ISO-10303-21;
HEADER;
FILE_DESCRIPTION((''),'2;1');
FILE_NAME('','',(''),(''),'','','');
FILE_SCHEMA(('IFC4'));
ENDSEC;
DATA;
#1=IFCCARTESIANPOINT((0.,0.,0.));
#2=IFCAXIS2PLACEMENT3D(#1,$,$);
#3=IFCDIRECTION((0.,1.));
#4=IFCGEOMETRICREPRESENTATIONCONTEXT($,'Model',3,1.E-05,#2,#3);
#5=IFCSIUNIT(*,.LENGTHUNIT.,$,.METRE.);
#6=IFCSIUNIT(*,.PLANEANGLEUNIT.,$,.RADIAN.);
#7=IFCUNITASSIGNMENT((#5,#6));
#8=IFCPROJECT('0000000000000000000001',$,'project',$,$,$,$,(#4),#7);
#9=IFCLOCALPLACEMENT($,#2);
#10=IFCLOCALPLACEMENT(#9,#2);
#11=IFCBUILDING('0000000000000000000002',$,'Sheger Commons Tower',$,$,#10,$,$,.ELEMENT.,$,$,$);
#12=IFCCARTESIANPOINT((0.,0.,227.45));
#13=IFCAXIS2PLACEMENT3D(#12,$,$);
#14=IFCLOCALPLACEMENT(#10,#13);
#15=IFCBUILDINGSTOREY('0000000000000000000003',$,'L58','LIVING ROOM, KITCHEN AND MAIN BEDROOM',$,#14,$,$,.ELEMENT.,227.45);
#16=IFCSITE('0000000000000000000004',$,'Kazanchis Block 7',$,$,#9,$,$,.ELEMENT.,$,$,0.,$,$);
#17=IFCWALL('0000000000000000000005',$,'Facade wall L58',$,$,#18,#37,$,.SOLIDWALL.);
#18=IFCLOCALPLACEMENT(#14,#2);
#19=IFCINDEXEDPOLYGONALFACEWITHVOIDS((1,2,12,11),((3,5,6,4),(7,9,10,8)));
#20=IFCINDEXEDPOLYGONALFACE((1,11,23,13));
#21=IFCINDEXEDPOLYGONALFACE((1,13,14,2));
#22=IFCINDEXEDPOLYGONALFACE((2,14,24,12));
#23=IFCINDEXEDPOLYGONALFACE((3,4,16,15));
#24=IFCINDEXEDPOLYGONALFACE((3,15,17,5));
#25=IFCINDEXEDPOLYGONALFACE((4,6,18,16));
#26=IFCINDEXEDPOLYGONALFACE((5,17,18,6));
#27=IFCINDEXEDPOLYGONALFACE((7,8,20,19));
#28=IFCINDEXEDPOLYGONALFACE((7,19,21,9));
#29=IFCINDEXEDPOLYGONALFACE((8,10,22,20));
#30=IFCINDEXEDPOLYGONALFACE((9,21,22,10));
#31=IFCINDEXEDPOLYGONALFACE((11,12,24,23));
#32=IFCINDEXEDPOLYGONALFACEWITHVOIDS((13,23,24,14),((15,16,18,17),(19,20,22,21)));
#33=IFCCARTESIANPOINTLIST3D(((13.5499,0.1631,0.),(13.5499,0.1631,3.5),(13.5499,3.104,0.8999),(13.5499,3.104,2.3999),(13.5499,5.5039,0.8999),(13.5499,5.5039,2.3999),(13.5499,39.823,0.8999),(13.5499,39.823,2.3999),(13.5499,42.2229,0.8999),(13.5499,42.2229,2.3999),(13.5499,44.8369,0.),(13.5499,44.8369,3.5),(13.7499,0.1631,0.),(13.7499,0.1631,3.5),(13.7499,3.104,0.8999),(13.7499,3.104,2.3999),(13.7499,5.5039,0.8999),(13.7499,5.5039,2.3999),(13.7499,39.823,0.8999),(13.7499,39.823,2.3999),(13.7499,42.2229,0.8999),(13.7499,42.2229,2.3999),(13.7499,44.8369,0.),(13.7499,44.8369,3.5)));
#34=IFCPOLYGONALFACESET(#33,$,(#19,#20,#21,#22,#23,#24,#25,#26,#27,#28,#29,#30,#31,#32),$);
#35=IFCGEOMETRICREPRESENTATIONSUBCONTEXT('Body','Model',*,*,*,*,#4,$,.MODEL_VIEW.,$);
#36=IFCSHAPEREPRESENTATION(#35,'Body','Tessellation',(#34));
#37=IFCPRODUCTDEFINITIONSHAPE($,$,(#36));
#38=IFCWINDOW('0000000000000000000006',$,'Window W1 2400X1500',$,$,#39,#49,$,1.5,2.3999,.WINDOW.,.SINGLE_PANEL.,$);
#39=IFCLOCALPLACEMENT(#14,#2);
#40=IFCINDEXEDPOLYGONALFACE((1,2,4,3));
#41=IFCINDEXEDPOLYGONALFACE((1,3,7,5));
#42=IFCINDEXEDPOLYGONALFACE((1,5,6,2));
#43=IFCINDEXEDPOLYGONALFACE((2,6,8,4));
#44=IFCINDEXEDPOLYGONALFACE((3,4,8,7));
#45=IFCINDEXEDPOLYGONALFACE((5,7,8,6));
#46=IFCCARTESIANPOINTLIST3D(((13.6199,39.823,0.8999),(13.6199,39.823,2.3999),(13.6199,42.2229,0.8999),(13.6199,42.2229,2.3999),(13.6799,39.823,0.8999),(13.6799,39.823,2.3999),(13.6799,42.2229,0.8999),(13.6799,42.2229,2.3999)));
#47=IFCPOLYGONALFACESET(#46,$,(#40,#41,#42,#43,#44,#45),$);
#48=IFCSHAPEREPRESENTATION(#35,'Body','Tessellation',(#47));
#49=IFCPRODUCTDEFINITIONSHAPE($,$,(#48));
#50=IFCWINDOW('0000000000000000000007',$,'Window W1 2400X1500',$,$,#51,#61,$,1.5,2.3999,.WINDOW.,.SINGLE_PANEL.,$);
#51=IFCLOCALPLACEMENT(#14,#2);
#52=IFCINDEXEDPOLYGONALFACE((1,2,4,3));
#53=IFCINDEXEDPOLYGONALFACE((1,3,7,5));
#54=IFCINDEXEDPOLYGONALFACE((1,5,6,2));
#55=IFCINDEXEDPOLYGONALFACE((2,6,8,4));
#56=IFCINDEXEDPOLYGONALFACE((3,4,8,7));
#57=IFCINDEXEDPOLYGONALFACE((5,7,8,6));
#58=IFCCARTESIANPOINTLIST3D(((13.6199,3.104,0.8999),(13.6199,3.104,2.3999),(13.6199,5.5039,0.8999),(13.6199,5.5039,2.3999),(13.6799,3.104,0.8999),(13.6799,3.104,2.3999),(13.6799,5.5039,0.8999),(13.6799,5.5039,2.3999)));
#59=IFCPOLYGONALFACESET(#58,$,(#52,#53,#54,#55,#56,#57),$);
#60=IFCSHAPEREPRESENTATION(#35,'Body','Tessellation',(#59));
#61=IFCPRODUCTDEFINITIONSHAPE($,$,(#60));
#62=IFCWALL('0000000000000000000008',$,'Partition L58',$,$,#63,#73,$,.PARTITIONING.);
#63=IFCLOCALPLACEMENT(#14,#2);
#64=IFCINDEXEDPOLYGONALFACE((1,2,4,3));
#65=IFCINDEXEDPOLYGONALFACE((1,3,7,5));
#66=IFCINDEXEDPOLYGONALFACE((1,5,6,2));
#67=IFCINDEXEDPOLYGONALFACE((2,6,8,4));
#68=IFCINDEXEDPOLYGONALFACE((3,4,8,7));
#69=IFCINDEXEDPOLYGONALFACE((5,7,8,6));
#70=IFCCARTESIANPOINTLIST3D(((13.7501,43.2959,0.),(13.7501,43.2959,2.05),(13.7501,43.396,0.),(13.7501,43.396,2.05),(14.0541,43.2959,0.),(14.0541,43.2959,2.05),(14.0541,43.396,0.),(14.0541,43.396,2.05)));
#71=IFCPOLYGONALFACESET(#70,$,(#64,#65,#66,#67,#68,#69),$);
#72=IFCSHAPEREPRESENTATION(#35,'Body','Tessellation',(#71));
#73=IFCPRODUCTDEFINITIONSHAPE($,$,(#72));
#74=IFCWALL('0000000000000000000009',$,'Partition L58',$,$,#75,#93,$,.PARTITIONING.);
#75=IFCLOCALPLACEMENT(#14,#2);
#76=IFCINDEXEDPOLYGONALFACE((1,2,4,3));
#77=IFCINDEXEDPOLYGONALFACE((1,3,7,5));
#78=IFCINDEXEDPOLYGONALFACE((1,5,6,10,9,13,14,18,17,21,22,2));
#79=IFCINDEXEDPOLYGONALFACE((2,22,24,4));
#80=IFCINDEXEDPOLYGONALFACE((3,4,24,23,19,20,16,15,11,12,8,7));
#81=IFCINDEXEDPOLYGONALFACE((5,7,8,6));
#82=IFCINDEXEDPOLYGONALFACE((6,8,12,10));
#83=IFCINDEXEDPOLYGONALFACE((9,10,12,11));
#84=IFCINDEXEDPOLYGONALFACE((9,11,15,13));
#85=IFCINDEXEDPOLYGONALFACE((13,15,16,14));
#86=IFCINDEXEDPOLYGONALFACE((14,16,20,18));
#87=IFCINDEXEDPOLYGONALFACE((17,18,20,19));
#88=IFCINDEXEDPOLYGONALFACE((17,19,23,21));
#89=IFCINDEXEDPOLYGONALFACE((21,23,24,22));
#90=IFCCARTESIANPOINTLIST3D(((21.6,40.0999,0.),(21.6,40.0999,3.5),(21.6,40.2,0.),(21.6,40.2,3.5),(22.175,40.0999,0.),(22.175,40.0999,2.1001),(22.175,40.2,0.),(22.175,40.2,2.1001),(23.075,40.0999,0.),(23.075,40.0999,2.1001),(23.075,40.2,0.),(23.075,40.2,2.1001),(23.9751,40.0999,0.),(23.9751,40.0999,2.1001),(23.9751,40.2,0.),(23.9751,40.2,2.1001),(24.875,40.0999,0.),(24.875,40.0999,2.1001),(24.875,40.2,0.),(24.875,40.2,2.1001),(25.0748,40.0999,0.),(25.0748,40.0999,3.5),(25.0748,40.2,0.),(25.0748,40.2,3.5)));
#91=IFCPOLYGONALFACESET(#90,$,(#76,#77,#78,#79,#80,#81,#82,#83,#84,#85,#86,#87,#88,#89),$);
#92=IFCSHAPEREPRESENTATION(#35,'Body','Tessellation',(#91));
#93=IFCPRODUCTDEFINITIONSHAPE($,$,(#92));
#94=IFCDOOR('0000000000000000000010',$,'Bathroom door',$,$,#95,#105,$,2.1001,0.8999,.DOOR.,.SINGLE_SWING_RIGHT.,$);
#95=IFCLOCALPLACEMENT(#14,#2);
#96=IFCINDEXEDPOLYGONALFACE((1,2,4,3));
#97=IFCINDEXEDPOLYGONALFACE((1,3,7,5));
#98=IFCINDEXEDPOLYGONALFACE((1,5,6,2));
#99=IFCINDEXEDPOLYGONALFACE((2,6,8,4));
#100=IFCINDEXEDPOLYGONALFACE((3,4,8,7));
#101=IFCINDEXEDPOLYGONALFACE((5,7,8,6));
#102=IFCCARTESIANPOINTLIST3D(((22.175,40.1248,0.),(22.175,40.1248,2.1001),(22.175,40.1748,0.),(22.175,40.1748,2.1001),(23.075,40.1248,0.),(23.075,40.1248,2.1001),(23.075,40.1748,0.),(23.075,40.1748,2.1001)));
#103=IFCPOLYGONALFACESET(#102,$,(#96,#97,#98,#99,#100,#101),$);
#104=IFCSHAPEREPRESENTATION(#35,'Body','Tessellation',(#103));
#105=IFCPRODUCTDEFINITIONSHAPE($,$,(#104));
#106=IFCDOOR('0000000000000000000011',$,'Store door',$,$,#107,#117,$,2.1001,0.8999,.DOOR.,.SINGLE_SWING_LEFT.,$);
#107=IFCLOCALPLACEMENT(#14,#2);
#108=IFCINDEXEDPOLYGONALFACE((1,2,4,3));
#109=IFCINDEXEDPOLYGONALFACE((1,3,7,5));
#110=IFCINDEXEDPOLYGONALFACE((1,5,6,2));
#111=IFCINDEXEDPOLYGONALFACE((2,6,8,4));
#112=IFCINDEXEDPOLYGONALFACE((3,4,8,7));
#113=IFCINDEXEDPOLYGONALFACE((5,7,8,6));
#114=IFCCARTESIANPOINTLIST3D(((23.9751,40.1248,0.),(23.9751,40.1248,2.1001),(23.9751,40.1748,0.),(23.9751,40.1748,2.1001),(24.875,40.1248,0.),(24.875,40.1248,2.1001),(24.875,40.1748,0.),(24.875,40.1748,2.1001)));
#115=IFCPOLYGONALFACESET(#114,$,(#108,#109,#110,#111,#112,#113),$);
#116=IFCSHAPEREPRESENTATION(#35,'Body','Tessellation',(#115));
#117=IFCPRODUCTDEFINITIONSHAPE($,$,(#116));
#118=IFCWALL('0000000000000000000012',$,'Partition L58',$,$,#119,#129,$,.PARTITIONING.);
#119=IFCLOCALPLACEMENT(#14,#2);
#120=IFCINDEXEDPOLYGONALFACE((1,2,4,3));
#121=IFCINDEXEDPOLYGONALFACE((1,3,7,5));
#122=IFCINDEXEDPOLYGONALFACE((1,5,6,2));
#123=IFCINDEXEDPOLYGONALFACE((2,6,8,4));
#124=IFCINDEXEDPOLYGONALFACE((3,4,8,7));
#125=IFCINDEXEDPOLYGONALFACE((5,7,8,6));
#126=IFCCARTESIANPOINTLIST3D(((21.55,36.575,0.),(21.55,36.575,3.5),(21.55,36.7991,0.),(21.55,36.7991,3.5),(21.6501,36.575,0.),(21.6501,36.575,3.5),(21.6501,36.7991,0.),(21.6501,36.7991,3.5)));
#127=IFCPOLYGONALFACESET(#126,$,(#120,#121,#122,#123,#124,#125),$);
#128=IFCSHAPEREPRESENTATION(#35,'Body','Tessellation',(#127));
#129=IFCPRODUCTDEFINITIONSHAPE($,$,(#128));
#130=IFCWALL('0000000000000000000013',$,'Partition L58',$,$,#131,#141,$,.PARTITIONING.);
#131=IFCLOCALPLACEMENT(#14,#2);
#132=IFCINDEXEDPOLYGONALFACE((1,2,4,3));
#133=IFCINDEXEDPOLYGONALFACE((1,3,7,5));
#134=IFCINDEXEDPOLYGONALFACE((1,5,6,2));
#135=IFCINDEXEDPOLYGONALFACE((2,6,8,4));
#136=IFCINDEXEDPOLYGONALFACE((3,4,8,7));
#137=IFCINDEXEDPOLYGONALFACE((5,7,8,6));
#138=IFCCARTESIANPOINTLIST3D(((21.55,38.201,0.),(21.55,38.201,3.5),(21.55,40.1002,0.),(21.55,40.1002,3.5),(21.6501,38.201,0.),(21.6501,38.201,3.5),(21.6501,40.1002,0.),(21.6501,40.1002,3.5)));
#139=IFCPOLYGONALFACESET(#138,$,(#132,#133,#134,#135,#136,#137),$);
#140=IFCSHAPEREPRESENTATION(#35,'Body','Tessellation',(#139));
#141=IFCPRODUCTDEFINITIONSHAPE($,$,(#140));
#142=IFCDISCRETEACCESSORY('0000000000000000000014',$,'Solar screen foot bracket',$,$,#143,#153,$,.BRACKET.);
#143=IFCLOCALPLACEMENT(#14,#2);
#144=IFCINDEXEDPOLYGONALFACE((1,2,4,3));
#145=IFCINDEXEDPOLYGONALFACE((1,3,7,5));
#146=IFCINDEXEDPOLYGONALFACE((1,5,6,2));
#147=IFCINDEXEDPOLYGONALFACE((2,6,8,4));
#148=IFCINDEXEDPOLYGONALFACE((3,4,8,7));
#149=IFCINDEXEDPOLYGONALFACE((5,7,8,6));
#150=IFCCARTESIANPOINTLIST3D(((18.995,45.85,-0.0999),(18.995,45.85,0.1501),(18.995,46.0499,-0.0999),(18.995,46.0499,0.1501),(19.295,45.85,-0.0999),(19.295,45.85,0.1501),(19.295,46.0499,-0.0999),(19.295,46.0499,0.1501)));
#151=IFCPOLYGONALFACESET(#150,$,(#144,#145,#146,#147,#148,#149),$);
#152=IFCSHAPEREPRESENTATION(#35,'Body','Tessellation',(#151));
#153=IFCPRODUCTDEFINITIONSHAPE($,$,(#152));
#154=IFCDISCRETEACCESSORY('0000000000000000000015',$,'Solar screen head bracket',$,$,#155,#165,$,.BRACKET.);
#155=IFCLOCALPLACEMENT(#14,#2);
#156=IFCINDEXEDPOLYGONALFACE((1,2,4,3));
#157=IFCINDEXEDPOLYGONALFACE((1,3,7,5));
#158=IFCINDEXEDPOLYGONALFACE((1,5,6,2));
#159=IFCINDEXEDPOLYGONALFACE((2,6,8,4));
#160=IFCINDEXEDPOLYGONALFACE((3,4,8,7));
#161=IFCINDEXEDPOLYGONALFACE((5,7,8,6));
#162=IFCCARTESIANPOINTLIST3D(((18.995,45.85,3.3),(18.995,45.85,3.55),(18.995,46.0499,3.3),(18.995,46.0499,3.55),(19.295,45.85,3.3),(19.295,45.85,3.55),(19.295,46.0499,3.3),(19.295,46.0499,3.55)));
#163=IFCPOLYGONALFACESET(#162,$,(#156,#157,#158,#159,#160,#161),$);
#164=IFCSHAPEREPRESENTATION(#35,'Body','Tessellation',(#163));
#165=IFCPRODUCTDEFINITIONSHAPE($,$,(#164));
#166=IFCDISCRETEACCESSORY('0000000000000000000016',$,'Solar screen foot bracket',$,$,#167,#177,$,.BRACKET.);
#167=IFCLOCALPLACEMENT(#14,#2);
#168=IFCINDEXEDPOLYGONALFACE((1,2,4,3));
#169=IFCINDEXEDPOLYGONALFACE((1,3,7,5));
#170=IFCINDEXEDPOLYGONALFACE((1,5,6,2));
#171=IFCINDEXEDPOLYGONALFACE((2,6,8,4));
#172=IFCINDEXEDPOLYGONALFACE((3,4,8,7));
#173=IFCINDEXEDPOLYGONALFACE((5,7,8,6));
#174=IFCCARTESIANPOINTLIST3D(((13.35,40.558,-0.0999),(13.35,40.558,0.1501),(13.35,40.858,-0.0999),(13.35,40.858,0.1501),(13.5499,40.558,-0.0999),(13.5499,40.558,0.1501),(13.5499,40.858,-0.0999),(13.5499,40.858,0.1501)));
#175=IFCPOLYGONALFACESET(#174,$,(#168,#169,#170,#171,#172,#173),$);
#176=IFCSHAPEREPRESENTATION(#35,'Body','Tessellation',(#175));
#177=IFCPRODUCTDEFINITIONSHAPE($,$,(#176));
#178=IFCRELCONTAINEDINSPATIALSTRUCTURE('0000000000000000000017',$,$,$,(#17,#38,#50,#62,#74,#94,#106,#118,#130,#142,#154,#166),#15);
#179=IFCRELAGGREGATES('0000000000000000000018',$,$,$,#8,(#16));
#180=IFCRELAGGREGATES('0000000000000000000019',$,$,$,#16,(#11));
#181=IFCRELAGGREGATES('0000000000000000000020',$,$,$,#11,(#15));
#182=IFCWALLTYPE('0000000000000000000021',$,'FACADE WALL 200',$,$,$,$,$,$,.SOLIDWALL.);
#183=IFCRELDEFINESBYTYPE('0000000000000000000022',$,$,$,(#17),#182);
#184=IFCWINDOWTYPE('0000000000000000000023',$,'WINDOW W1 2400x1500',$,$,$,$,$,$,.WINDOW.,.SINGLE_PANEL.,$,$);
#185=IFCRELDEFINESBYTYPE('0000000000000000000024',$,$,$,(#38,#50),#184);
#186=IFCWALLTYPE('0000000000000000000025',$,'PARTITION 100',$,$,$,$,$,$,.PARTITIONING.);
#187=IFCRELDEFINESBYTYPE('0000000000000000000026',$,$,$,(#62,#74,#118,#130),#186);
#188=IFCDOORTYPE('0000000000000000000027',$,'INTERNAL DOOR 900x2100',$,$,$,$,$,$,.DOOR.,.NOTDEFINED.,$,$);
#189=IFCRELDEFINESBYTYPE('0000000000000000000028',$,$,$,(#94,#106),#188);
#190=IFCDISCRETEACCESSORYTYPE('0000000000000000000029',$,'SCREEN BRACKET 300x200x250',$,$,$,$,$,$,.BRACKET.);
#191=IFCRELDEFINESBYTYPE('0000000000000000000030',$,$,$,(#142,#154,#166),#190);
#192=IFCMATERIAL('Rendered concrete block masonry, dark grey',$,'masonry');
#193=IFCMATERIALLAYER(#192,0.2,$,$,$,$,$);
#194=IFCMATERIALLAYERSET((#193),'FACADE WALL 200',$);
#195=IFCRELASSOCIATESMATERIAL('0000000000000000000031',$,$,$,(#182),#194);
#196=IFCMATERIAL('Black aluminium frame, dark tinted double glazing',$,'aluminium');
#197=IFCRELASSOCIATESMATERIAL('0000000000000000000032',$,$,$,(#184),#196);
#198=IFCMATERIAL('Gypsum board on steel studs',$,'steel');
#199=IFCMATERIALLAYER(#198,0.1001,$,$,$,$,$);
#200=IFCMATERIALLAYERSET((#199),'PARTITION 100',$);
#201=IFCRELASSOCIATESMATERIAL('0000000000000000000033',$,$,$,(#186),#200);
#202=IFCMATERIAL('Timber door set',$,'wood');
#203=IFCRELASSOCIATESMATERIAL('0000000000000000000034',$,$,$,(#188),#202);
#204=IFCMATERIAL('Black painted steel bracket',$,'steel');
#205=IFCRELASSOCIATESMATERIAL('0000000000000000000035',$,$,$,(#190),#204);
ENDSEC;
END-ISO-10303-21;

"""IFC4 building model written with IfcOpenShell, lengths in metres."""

from ifc_helpers import new_model, si_unit, direction, frame, frame_2d, origin, origin_2d, place, context, subcontext, project, spatial, rectangle, extrude, material, layer, layer_set, type_object, element, fill, save


model = new_model("IFC4")

# Units and contexts
model_context = context("Model", 3, precision=1e-05, world=origin(), true_north=direction((0.0, 1.0)))
body_context = subcontext(model_context, "Body", "Model", "MODEL_VIEW")
ifc_project = project(units=[si_unit("LENGTHUNIT", "METRE"), si_unit("PLANEANGLEUNIT", "RADIAN")], contexts=[model_context])

# Site, building, storey
site_placement = place(None, origin())
site = spatial("IfcSite", under=ifc_project, at=site_placement, Name="Kazanchis Block 7", CompositionType="ELEMENT", RefElevation=0.0)
building_placement = place(site_placement, origin())
building = spatial("IfcBuilding", under=site, at=building_placement, Name="Sheger Commons Tower", CompositionType="ELEMENT")
storey_placement = place(building_placement, frame((0.0, 0.0, 227.45)))
storey = spatial("IfcBuildingStorey", under=building, at=storey_placement, Name="L58", Description="LIVING ROOM, KITCHEN AND MAIN BEDROOM", CompositionType="ELEMENT", Elevation=227.45)

# Shared definitions
ifc_material_1 = material(Name="Rendered concrete block masonry, dark grey", Category="masonry")
ifc_layer_1 = layer(ifc_material_1, 0.2)
ifc_layer_set_1 = layer_set([ifc_layer_1], Name="FACADE WALL 200")
wall_type_1 = type_object("IfcWallType", Name="FACADE WALL 200", PredefinedType="SOLIDWALL", material=ifc_layer_set_1)

# Wall, openings, windows
wall_1_placement = place(storey_placement, frame((13.6499, 44.8369, 0.0), z_axis=(0.0, 0.0, 1.0), x_axis=(0.0, -1.0, 0.0)))
wall_1 = element("IfcWall", 1, at=wall_1_placement, inside=storey, type_object=wall_type_1, Name="Facade wall L58", PredefinedType="SOLIDWALL", context=body_context, shape_type="SweptSolid", body=[
    extrude(rectangle(XDim=44.6738, YDim=0.2, at=frame_2d((22.3369, 0.0))), origin(), (0.0, 0.0, 1.0), 3.5),
])
opening_1_placement = place(wall_1_placement, frame((2.614, 0.0, 0.8999)))
opening_1 = element("IfcOpeningElement", 2, at=opening_1_placement, cuts=wall_1, PredefinedType="OPENING", context=body_context, shape_type="SweptSolid", body=[
    extrude(rectangle(XDim=2.3999, YDim=1.5, at=frame_2d((1.2, 0.75))), frame((0.0, 0.1099, 0.0), z_axis=(0.0, -1.0, 0.0), x_axis=(1.0, 0.0, 0.0)), (0.0, 0.0, 1.0), 0.22),
])
opening_2_placement = place(wall_1_placement, frame((39.333, 0.0, 0.8999)))
opening_2 = element("IfcOpeningElement", 3, at=opening_2_placement, cuts=wall_1, PredefinedType="OPENING", context=body_context, shape_type="SweptSolid", body=[
    extrude(rectangle(XDim=2.3999, YDim=1.5, at=frame_2d((1.2, 0.75))), frame((0.0, 0.1099, 0.0), z_axis=(0.0, -1.0, 0.0), x_axis=(1.0, 0.0, 0.0)), (0.0, 0.0, 1.0), 0.22),
])
ifc_material_2 = material(Name="Black aluminium frame, dark tinted double glazing", Category="aluminium")
window_type = type_object("IfcWindowType", Name="WINDOW W1 2400x1500", PartitioningType="SINGLE_PANEL", PredefinedType="WINDOW", material=ifc_material_2)
window_1_placement = place(opening_1_placement, origin())
window_1 = element("IfcWindow", 4, at=window_1_placement, inside=storey, type_object=window_type, Name="Window W1 2400X1500", OverallHeight=1.5, OverallWidth=2.3999, PartitioningType="SINGLE_PANEL", PredefinedType="WINDOW", context=body_context, shape_type="SweptSolid", body=[
    extrude(rectangle(XDim=2.3999, YDim=1.5, at=frame_2d((1.2, 0.75))), frame((0.0, 0.03, 0.0), z_axis=(0.0, -1.0, 0.0), x_axis=(1.0, 0.0, 0.0)), (0.0, 0.0, 1.0), 0.0601),
])
fill(opening_1, window_1)
window_2_placement = place(opening_2_placement, origin())
window_2 = element("IfcWindow", 5, at=window_2_placement, inside=storey, type_object=window_type, Name="Window W1 2400X1500", OverallHeight=1.5, OverallWidth=2.3999, PartitioningType="SINGLE_PANEL", PredefinedType="WINDOW", context=body_context, shape_type="SweptSolid", body=[
    extrude(rectangle(XDim=2.3999, YDim=1.5, at=frame_2d((1.2, 0.75))), frame((0.0, 0.03, 0.0), z_axis=(0.0, -1.0, 0.0), x_axis=(1.0, 0.0, 0.0)), (0.0, 0.0, 1.0), 0.0601),
])
fill(opening_2, window_2)

# Wall
ifc_material_3 = material(Name="Gypsum board on steel studs", Category="steel")
ifc_layer_2 = layer(ifc_material_3, 0.1001)
ifc_layer_set_2 = layer_set([ifc_layer_2], Name="PARTITION 100")
wall_type_2 = type_object("IfcWallType", Name="PARTITION 100", PredefinedType="PARTITIONING", material=ifc_layer_set_2)
wall_2_placement = place(storey_placement, frame((14.054, 43.3459, 0.0), z_axis=(0.0, 0.0, 1.0), x_axis=(-1.0, 0.0, 0.0)))
element("IfcWall", 6, at=wall_2_placement, inside=storey, type_object=wall_type_2, Name="Partition L58", PredefinedType="PARTITIONING", context=body_context, shape_type="SweptSolid", body=[
    extrude(rectangle(XDim=0.304, YDim=0.1001, at=frame_2d((0.1519, 0.0))), origin(), (0.0, 0.0, 1.0), 2.05),
])

# Wall, openings, doors
wall_3_placement = place(storey_placement, frame((21.6001, 40.1499, 0.0), z_axis=(0.0, 0.0, 1.0), x_axis=(1.0, 0.0, 0.0)))
wall_3 = element("IfcWall", 7, at=wall_3_placement, inside=storey, type_object=wall_type_2, Name="Partition L58", PredefinedType="PARTITIONING", context=body_context, shape_type="SweptSolid", body=[
    extrude(rectangle(XDim=3.4749, YDim=0.1001, at=frame_2d((1.7373, 0.0))), origin(), (0.0, 0.0, 1.0), 3.5),
])
opening_3_placement = place(wall_3_placement, frame((0.575, 0.0, 0.0)))
opening_3 = element("IfcOpeningElement", 8, at=opening_3_placement, cuts=wall_3, PredefinedType="OPENING", context=body_context, shape_type="SweptSolid", body=[
    extrude(rectangle(XDim=0.8999, YDim=2.1001, at=frame_2d((0.45, 1.05))), frame((0.0, 0.0601, 0.0), z_axis=(0.0, -1.0, 0.0), x_axis=(1.0, 0.0, 0.0)), (0.0, 0.0, 1.0), 0.1201),
])
opening_4_placement = place(wall_3_placement, frame((2.375, 0.0, 0.0)))
opening_4 = element("IfcOpeningElement", 9, at=opening_4_placement, cuts=wall_3, PredefinedType="OPENING", context=body_context, shape_type="SweptSolid", body=[
    extrude(rectangle(XDim=0.8999, YDim=2.1001, at=frame_2d((0.45, 1.05))), frame((0.0, 0.0601, 0.0), z_axis=(0.0, -1.0, 0.0), x_axis=(1.0, 0.0, 0.0)), (0.0, 0.0, 1.0), 0.1201),
])
ifc_material_4 = material(Name="Timber door set", Category="wood")
door_type_1 = type_object("IfcDoorType", Name="INTERNAL DOOR 900x2100", OperationType="NOTDEFINED", PredefinedType="DOOR", material=ifc_material_4)
door_1_placement = place(opening_3_placement, origin())
door_1 = element("IfcDoor", 10, at=door_1_placement, inside=storey, type_object=door_type_1, Name="Bathroom door", OperationType="SINGLE_SWING_RIGHT", OverallHeight=2.1001, OverallWidth=0.8999, PredefinedType="DOOR", context=body_context, shape_type="SweptSolid", body=[
    extrude(rectangle(XDim=0.8999, YDim=2.1001, at=frame_2d((0.45, 1.05))), frame((0.0, 0.0249, 0.0), z_axis=(0.0, -1.0, 0.0), x_axis=(1.0, 0.0, 0.0)), (0.0, 0.0, 1.0), 0.05),
])
fill(opening_3, door_1)
door_2_placement = place(opening_4_placement, origin())
door_2 = element("IfcDoor", 11, at=door_2_placement, inside=storey, type_object=door_type_1, Name="Store door", OperationType="SINGLE_SWING_LEFT", OverallHeight=2.1001, OverallWidth=0.8999, PredefinedType="DOOR", context=body_context, shape_type="SweptSolid", body=[
    extrude(rectangle(XDim=0.8999, YDim=2.1001, at=frame_2d((0.45, 1.05))), frame((0.0, 0.0249, 0.0), z_axis=(0.0, -1.0, 0.0), x_axis=(1.0, 0.0, 0.0)), (0.0, 0.0, 1.0), 0.05),
])
fill(opening_4, door_2)

# Walls
wall_4_placement = place(storey_placement, frame((21.6001, 36.575, 0.0), z_axis=(0.0, 0.0, 1.0), x_axis=(0.0, 1.0, 0.0)))
element("IfcWall", 12, at=wall_4_placement, inside=storey, type_object=wall_type_2, Name="Partition L58", PredefinedType="PARTITIONING", context=body_context, shape_type="SweptSolid", body=[
    extrude(rectangle(XDim=0.2241, YDim=0.1001, at=frame_2d((0.1121, 0.0))), origin(), (0.0, 0.0, 1.0), 3.5),
])
wall_5_placement = place(storey_placement, frame((21.6001, 38.2009, 0.0), z_axis=(0.0, 0.0, 1.0), x_axis=(0.0, 1.0, 0.0)))
element("IfcWall", 13, at=wall_5_placement, inside=storey, type_object=wall_type_2, Name="Partition L58", PredefinedType="PARTITIONING", context=body_context, shape_type="SweptSolid", body=[
    extrude(rectangle(XDim=1.8992, YDim=0.1001, at=frame_2d((0.9497, 0.0))), origin(), (0.0, 0.0, 1.0), 3.5),
])

# Discrete accessories
ifc_material_5 = material(Name="Black painted steel bracket", Category="steel")
discrete_accessory_type = type_object("IfcDiscreteAccessoryType", Name="SCREEN BRACKET 300x200x250", PredefinedType="BRACKET", material=ifc_material_5)
for number, where, z_axis, x_axis, name in (
    (14, (19.145, 45.95, -0.0999), (0.0, 0.0, 1.0), (-1.0, 0.0, 0.0), "Solar screen foot bracket"),
    (15, (19.145, 45.95, 3.3), (0.0, 0.0, 1.0), (-1.0, 0.0, 0.0), "Solar screen head bracket"),
    (16, (13.45, 40.708, -0.0999), (0.0, 0.0, 1.0), (0.0, -1.0, 0.0), "Solar screen foot bracket"),
):
    element("IfcDiscreteAccessory", number, at=place(storey_placement, frame(where, z_axis=z_axis, x_axis=x_axis)), inside=storey, type_object=discrete_accessory_type, Name=name, PredefinedType="BRACKET", context=body_context, shape_type="SweptSolid", body=[
        extrude(rectangle(XDim=0.3, YDim=0.2, at=origin_2d()), origin(), (0.0, 0.0, 1.0), 0.25),
    ])

save(model, "model.ifc")
